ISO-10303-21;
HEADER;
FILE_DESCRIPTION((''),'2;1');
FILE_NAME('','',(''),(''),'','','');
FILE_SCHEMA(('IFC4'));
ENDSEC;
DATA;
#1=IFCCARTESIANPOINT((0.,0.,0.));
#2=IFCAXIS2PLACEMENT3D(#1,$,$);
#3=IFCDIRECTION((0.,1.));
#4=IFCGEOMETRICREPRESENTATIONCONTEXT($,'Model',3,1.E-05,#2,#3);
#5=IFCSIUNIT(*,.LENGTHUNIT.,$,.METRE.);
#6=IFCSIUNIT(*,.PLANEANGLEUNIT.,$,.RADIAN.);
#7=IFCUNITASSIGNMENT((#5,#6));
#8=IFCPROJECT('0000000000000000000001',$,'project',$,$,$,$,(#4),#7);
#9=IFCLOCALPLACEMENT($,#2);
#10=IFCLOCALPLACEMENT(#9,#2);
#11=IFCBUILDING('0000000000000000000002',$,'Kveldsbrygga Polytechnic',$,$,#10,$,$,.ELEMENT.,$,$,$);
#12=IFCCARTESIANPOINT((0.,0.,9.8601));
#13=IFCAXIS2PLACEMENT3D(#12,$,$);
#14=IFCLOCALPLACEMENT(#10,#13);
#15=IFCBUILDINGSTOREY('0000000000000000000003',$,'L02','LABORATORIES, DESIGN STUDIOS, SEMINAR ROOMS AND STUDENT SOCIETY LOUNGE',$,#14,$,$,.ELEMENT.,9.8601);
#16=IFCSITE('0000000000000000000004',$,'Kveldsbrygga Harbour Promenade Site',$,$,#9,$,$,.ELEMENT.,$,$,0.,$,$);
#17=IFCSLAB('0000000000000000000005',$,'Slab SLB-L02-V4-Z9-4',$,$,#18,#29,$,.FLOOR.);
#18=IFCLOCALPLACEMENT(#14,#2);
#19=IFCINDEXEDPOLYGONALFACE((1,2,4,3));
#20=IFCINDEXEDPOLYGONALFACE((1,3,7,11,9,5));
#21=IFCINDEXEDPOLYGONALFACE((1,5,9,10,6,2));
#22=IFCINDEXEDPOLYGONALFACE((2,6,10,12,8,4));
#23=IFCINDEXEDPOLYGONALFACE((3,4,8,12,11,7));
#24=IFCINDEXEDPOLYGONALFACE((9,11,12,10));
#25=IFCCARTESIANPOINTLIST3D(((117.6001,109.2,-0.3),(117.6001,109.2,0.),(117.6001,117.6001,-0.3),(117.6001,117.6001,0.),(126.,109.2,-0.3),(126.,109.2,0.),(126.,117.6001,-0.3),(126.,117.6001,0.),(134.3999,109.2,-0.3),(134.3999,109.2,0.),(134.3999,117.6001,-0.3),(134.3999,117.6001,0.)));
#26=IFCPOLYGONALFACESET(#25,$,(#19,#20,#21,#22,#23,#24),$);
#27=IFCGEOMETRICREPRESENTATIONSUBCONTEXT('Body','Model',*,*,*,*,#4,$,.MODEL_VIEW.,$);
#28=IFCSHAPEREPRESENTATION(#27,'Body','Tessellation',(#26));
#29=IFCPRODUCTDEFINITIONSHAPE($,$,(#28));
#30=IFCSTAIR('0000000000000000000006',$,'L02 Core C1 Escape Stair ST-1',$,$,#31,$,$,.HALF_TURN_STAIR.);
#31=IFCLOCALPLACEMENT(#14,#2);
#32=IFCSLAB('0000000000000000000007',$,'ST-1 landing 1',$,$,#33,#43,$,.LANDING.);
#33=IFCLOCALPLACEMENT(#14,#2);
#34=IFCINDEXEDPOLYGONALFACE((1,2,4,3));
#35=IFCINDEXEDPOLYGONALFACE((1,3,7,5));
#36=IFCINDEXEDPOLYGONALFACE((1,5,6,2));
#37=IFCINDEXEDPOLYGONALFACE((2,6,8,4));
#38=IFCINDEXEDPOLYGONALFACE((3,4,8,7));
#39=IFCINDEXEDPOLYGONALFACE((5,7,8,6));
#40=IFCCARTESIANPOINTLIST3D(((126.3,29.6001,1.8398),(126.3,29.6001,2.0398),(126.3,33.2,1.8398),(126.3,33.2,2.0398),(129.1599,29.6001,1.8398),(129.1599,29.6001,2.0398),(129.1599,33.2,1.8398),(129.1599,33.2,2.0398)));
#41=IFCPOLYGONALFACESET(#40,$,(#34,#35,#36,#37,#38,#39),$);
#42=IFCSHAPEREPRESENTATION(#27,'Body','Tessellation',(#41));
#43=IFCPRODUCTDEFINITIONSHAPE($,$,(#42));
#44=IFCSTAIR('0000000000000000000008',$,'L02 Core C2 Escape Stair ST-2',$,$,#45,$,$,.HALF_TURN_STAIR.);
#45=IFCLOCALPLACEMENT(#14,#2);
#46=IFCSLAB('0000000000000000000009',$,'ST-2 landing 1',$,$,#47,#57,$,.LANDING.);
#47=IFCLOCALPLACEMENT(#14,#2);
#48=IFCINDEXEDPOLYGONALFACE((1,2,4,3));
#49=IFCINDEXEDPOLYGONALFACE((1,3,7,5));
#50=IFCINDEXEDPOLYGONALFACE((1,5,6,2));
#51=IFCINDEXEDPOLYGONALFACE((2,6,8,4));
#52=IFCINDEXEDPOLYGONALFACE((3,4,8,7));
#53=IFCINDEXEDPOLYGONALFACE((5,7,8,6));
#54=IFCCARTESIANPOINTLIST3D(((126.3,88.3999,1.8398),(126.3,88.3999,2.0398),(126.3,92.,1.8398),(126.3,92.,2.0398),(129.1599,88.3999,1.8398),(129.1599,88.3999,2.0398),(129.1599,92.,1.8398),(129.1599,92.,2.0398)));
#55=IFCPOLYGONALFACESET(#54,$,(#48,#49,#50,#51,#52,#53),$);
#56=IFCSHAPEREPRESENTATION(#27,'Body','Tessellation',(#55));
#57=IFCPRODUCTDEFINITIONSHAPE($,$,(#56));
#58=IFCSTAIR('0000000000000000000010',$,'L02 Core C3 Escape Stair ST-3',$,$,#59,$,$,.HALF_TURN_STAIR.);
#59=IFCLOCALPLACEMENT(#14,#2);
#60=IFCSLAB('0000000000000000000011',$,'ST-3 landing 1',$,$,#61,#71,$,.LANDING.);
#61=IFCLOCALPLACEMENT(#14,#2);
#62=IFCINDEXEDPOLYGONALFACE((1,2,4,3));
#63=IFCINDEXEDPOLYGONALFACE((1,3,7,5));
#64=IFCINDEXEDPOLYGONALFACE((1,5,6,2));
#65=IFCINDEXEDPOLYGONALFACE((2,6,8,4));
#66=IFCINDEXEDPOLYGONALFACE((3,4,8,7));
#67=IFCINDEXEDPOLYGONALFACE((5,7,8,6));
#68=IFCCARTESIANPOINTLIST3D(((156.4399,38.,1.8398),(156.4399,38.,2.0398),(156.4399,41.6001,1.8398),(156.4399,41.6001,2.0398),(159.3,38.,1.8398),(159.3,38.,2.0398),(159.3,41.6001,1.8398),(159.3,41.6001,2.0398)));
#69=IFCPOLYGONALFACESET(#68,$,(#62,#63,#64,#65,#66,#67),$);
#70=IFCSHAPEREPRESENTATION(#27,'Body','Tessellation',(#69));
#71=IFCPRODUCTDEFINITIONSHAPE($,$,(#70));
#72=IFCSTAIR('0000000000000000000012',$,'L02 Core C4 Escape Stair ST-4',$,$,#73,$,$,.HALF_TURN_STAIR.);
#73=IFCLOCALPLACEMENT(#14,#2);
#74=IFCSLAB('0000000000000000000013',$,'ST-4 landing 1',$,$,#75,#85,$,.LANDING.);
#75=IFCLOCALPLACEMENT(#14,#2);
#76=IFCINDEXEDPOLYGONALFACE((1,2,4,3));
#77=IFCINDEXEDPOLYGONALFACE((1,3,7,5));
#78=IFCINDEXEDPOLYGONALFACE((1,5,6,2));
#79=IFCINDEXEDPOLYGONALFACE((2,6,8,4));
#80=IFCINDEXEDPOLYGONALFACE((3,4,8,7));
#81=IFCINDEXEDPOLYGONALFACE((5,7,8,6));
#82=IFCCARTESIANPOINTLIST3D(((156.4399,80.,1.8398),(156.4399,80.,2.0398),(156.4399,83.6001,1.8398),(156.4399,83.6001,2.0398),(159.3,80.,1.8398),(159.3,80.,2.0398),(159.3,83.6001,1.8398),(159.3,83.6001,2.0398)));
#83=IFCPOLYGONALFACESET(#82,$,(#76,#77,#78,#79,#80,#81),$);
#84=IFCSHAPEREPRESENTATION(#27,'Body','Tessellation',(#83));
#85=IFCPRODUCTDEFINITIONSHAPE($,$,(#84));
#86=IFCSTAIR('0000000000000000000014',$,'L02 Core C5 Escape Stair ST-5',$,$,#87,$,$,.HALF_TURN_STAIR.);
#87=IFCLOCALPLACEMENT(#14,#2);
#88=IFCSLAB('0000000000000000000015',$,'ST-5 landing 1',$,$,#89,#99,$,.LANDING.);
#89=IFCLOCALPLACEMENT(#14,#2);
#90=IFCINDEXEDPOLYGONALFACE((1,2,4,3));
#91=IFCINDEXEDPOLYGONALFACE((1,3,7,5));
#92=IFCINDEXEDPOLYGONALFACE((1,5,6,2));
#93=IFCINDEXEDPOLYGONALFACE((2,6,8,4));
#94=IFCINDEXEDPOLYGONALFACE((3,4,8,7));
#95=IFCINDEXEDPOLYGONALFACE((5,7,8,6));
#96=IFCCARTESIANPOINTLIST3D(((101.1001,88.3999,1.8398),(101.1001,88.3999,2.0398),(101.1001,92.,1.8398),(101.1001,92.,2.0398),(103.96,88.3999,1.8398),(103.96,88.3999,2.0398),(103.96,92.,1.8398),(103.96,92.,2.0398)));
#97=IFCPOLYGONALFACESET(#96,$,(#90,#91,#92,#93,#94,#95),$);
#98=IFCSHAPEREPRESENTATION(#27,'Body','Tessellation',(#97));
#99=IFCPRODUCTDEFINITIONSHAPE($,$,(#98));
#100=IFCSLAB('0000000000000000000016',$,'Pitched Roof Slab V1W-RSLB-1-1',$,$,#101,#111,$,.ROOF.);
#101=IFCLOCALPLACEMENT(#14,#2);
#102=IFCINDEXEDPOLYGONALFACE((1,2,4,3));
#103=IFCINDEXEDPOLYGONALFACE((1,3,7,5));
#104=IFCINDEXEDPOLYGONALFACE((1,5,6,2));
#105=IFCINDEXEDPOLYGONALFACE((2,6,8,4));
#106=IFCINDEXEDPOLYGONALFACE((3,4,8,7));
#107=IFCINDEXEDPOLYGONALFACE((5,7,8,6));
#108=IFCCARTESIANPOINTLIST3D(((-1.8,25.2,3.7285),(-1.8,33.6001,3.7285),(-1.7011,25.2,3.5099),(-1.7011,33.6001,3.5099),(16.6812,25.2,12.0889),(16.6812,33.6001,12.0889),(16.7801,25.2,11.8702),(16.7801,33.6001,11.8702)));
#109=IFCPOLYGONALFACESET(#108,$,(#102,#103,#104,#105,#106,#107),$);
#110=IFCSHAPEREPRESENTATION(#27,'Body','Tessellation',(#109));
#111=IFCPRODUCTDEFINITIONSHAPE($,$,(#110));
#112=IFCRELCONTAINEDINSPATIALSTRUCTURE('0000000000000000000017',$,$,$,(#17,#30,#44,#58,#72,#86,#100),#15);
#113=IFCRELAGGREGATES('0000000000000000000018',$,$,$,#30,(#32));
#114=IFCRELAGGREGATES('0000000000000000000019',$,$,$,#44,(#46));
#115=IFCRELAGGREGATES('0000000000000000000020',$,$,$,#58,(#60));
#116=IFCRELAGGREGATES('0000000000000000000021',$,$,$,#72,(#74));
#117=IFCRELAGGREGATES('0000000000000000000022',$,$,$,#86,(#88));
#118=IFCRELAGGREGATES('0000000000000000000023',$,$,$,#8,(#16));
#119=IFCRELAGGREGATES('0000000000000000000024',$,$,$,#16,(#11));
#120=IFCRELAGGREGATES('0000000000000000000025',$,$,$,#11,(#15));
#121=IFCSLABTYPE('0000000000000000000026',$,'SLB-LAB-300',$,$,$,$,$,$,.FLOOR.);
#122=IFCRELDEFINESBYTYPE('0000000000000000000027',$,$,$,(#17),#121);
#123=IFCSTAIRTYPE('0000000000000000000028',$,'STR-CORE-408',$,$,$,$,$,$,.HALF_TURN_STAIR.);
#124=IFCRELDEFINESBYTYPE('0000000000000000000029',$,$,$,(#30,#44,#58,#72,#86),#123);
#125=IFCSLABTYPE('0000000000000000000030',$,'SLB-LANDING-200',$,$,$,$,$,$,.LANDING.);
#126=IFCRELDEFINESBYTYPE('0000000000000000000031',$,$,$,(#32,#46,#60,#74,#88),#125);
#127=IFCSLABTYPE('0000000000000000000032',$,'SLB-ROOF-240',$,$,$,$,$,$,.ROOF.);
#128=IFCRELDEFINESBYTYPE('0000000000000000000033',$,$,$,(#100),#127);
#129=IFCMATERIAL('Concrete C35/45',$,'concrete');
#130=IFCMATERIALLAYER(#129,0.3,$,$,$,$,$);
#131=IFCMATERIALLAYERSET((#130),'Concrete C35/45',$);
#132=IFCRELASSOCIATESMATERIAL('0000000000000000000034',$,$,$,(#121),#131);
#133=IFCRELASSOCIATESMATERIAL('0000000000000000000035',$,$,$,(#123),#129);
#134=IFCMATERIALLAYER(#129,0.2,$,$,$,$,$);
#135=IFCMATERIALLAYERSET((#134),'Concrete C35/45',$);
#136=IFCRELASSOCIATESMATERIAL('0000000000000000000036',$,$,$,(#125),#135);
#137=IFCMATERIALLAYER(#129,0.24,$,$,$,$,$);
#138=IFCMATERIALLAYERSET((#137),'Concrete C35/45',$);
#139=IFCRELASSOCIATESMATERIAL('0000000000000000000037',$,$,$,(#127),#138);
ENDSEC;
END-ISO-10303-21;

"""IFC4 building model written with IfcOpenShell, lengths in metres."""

from ifc_helpers import new_model, si_unit, direction, frame, origin, place, context, subcontext, project, spatial, polyline, outline, extrude, material, layer, layer_set, type_object, element, aggregate, save


model = new_model("IFC4")

# Units and contexts
model_context = context("Model", 3, precision=1e-05, world=origin(), true_north=direction((0.0, 1.0)))
body_context = subcontext(model_context, "Body", "Model", "MODEL_VIEW")
ifc_project = project(units=[si_unit("LENGTHUNIT", "METRE"), si_unit("PLANEANGLEUNIT", "RADIAN")], contexts=[model_context])

# Site, building, storey
site_placement = place(None, origin())
site = spatial("IfcSite", under=ifc_project, at=site_placement, Name="Kveldsbrygga Harbour Promenade Site", CompositionType="ELEMENT", RefElevation=0.0)
building_placement = place(site_placement, origin())
building = spatial("IfcBuilding", under=site, at=building_placement, Name="Kveldsbrygga Polytechnic", CompositionType="ELEMENT")
storey_placement = place(building_placement, frame((0.0, 0.0, 9.8601)))
storey = spatial("IfcBuildingStorey", under=building, at=storey_placement, Name="L02", Description="LABORATORIES, DESIGN STUDIOS, SEMINAR ROOMS AND STUDENT SOCIETY LOUNGE", CompositionType="ELEMENT", Elevation=9.8601)

# Slab
ifc_material_1 = material(Name="Concrete C35/45", Category="concrete")
ifc_layer_1 = layer(ifc_material_1, 0.3)
ifc_layer_set_1 = layer_set([ifc_layer_1], Name="Concrete C35/45")
slab_type_1 = type_object("IfcSlabType", Name="SLB-LAB-300", PredefinedType="FLOOR", material=ifc_layer_set_1)
slab_1_placement = place(storey_placement, frame((0.0, 0.0, -0.3)))
element("IfcSlab", 1, at=slab_1_placement, inside=storey, type_object=slab_type_1, Name="Slab SLB-L02-V4-Z9-4", PredefinedType="FLOOR", context=body_context, shape_type="SweptSolid", body=[
    extrude(outline(polyline([(126.0, 117.6001), (134.3999, 117.6001), (134.3999, 109.2), (126.0, 109.2), (117.6001, 109.2), (117.6001, 117.6001), (126.0, 117.6001)])), origin(), (0.0, 0.0, 1.0), 0.3),
])

# Stairs, slabs
stair_type = type_object("IfcStairType", Name="STR-CORE-408", PredefinedType="HALF_TURN_STAIR", material=ifc_material_1)
stair_1_placement = place(storey_placement, origin())
stair_1 = element("IfcStair", 2, at=stair_1_placement, inside=storey, type_object=stair_type, Name="L02 Core C1 Escape Stair ST-1", PredefinedType="HALF_TURN_STAIR")
ifc_layer_2 = layer(ifc_material_1, 0.2)
ifc_layer_set_2 = layer_set([ifc_layer_2], Name="Concrete C35/45")
slab_type_2 = type_object("IfcSlabType", Name="SLB-LANDING-200", PredefinedType="LANDING", material=ifc_layer_set_2)
slab_2_placement = place(storey_placement, frame((0.0, 0.0, 1.8398)))
slab_2 = element("IfcSlab", 3, at=slab_2_placement, type_object=slab_type_2, Name="ST-1 landing 1", PredefinedType="LANDING", context=body_context, shape_type="SweptSolid", body=[
    extrude(outline(polyline([(129.1599, 33.2), (126.3, 33.2), (126.3, 29.6001), (129.1599, 29.6001), (129.1599, 33.2)])), origin(), (0.0, 0.0, 1.0), 0.2),
])
aggregate(stair_1, [slab_2])
stair_2_placement = place(storey_placement, origin())
stair_2 = element("IfcStair", 4, at=stair_2_placement, inside=storey, type_object=stair_type, Name="L02 Core C2 Escape Stair ST-2", PredefinedType="HALF_TURN_STAIR")
slab_3_placement = place(storey_placement, frame((0.0, 0.0, 1.8398)))
slab_3 = element("IfcSlab", 5, at=slab_3_placement, type_object=slab_type_2, Name="ST-2 landing 1", PredefinedType="LANDING", context=body_context, shape_type="SweptSolid", body=[
    extrude(outline(polyline([(129.1599, 92.0), (126.3, 92.0), (126.3, 88.3999), (129.1599, 88.3999), (129.1599, 92.0)])), origin(), (0.0, 0.0, 1.0), 0.2),
])
aggregate(stair_2, [slab_3])
stair_3_placement = place(storey_placement, origin())
stair_3 = element("IfcStair", 6, at=stair_3_placement, inside=storey, type_object=stair_type, Name="L02 Core C3 Escape Stair ST-3", PredefinedType="HALF_TURN_STAIR")
slab_4_placement = place(storey_placement, frame((0.0, 0.0, 1.8398)))
slab_4 = element("IfcSlab", 7, at=slab_4_placement, type_object=slab_type_2, Name="ST-3 landing 1", PredefinedType="LANDING", context=body_context, shape_type="SweptSolid", body=[
    extrude(outline(polyline([(156.4399, 38.0), (159.3, 38.0), (159.3, 41.6001), (156.4399, 41.6001), (156.4399, 38.0)])), origin(), (0.0, 0.0, 1.0), 0.2),
])
aggregate(stair_3, [slab_4])
stair_4_placement = place(storey_placement, origin())
stair_4 = element("IfcStair", 8, at=stair_4_placement, inside=storey, type_object=stair_type, Name="L02 Core C4 Escape Stair ST-4", PredefinedType="HALF_TURN_STAIR")
slab_5_placement = place(storey_placement, frame((0.0, 0.0, 1.8398)))
slab_5 = element("IfcSlab", 9, at=slab_5_placement, type_object=slab_type_2, Name="ST-4 landing 1", PredefinedType="LANDING", context=body_context, shape_type="SweptSolid", body=[
    extrude(outline(polyline([(156.4399, 80.0), (159.3, 80.0), (159.3, 83.6001), (156.4399, 83.6001), (156.4399, 80.0)])), origin(), (0.0, 0.0, 1.0), 0.2),
])
aggregate(stair_4, [slab_5])
stair_5_placement = place(storey_placement, origin())
stair_5 = element("IfcStair", 10, at=stair_5_placement, inside=storey, type_object=stair_type, Name="L02 Core C5 Escape Stair ST-5", PredefinedType="HALF_TURN_STAIR")
slab_6_placement = place(storey_placement, frame((0.0, 0.0, 1.8398)))
slab_6 = element("IfcSlab", 11, at=slab_6_placement, type_object=slab_type_2, Name="ST-5 landing 1", PredefinedType="LANDING", context=body_context, shape_type="SweptSolid", body=[
    extrude(outline(polyline([(103.96, 92.0), (101.1001, 92.0), (101.1001, 88.3999), (103.96, 88.3999), (103.96, 92.0)])), origin(), (0.0, 0.0, 1.0), 0.2),
])
aggregate(stair_5, [slab_6])

# Slab
ifc_layer_3 = layer(ifc_material_1, 0.24)
ifc_layer_set_3 = layer_set([ifc_layer_3], Name="Concrete C35/45")
slab_type_3 = type_object("IfcSlabType", Name="SLB-ROOF-240", PredefinedType="ROOF", material=ifc_layer_set_3)
slab_7_placement = place(storey_placement, frame((-1.8, 25.2, 3.7285), z_axis=(-0.41216, 0.0, 0.911111), x_axis=(0.911111, 0.0, 0.41216)))
element("IfcSlab", 12, at=slab_7_placement, inside=storey, type_object=slab_type_3, Name="Pitched Roof Slab V1W-RSLB-1-1", PredefinedType="ROOF", context=body_context, shape_type="SweptSolid", body=[
    extrude(outline(polyline([(0.0, 0.0), (20.2842, 0.0), (20.2842, 8.4001), (0.0, 8.4001), (0.0, 0.0)])), origin(), (0.0, 0.0, -1.0), 0.24),
])

save(model, "model.ifc")
